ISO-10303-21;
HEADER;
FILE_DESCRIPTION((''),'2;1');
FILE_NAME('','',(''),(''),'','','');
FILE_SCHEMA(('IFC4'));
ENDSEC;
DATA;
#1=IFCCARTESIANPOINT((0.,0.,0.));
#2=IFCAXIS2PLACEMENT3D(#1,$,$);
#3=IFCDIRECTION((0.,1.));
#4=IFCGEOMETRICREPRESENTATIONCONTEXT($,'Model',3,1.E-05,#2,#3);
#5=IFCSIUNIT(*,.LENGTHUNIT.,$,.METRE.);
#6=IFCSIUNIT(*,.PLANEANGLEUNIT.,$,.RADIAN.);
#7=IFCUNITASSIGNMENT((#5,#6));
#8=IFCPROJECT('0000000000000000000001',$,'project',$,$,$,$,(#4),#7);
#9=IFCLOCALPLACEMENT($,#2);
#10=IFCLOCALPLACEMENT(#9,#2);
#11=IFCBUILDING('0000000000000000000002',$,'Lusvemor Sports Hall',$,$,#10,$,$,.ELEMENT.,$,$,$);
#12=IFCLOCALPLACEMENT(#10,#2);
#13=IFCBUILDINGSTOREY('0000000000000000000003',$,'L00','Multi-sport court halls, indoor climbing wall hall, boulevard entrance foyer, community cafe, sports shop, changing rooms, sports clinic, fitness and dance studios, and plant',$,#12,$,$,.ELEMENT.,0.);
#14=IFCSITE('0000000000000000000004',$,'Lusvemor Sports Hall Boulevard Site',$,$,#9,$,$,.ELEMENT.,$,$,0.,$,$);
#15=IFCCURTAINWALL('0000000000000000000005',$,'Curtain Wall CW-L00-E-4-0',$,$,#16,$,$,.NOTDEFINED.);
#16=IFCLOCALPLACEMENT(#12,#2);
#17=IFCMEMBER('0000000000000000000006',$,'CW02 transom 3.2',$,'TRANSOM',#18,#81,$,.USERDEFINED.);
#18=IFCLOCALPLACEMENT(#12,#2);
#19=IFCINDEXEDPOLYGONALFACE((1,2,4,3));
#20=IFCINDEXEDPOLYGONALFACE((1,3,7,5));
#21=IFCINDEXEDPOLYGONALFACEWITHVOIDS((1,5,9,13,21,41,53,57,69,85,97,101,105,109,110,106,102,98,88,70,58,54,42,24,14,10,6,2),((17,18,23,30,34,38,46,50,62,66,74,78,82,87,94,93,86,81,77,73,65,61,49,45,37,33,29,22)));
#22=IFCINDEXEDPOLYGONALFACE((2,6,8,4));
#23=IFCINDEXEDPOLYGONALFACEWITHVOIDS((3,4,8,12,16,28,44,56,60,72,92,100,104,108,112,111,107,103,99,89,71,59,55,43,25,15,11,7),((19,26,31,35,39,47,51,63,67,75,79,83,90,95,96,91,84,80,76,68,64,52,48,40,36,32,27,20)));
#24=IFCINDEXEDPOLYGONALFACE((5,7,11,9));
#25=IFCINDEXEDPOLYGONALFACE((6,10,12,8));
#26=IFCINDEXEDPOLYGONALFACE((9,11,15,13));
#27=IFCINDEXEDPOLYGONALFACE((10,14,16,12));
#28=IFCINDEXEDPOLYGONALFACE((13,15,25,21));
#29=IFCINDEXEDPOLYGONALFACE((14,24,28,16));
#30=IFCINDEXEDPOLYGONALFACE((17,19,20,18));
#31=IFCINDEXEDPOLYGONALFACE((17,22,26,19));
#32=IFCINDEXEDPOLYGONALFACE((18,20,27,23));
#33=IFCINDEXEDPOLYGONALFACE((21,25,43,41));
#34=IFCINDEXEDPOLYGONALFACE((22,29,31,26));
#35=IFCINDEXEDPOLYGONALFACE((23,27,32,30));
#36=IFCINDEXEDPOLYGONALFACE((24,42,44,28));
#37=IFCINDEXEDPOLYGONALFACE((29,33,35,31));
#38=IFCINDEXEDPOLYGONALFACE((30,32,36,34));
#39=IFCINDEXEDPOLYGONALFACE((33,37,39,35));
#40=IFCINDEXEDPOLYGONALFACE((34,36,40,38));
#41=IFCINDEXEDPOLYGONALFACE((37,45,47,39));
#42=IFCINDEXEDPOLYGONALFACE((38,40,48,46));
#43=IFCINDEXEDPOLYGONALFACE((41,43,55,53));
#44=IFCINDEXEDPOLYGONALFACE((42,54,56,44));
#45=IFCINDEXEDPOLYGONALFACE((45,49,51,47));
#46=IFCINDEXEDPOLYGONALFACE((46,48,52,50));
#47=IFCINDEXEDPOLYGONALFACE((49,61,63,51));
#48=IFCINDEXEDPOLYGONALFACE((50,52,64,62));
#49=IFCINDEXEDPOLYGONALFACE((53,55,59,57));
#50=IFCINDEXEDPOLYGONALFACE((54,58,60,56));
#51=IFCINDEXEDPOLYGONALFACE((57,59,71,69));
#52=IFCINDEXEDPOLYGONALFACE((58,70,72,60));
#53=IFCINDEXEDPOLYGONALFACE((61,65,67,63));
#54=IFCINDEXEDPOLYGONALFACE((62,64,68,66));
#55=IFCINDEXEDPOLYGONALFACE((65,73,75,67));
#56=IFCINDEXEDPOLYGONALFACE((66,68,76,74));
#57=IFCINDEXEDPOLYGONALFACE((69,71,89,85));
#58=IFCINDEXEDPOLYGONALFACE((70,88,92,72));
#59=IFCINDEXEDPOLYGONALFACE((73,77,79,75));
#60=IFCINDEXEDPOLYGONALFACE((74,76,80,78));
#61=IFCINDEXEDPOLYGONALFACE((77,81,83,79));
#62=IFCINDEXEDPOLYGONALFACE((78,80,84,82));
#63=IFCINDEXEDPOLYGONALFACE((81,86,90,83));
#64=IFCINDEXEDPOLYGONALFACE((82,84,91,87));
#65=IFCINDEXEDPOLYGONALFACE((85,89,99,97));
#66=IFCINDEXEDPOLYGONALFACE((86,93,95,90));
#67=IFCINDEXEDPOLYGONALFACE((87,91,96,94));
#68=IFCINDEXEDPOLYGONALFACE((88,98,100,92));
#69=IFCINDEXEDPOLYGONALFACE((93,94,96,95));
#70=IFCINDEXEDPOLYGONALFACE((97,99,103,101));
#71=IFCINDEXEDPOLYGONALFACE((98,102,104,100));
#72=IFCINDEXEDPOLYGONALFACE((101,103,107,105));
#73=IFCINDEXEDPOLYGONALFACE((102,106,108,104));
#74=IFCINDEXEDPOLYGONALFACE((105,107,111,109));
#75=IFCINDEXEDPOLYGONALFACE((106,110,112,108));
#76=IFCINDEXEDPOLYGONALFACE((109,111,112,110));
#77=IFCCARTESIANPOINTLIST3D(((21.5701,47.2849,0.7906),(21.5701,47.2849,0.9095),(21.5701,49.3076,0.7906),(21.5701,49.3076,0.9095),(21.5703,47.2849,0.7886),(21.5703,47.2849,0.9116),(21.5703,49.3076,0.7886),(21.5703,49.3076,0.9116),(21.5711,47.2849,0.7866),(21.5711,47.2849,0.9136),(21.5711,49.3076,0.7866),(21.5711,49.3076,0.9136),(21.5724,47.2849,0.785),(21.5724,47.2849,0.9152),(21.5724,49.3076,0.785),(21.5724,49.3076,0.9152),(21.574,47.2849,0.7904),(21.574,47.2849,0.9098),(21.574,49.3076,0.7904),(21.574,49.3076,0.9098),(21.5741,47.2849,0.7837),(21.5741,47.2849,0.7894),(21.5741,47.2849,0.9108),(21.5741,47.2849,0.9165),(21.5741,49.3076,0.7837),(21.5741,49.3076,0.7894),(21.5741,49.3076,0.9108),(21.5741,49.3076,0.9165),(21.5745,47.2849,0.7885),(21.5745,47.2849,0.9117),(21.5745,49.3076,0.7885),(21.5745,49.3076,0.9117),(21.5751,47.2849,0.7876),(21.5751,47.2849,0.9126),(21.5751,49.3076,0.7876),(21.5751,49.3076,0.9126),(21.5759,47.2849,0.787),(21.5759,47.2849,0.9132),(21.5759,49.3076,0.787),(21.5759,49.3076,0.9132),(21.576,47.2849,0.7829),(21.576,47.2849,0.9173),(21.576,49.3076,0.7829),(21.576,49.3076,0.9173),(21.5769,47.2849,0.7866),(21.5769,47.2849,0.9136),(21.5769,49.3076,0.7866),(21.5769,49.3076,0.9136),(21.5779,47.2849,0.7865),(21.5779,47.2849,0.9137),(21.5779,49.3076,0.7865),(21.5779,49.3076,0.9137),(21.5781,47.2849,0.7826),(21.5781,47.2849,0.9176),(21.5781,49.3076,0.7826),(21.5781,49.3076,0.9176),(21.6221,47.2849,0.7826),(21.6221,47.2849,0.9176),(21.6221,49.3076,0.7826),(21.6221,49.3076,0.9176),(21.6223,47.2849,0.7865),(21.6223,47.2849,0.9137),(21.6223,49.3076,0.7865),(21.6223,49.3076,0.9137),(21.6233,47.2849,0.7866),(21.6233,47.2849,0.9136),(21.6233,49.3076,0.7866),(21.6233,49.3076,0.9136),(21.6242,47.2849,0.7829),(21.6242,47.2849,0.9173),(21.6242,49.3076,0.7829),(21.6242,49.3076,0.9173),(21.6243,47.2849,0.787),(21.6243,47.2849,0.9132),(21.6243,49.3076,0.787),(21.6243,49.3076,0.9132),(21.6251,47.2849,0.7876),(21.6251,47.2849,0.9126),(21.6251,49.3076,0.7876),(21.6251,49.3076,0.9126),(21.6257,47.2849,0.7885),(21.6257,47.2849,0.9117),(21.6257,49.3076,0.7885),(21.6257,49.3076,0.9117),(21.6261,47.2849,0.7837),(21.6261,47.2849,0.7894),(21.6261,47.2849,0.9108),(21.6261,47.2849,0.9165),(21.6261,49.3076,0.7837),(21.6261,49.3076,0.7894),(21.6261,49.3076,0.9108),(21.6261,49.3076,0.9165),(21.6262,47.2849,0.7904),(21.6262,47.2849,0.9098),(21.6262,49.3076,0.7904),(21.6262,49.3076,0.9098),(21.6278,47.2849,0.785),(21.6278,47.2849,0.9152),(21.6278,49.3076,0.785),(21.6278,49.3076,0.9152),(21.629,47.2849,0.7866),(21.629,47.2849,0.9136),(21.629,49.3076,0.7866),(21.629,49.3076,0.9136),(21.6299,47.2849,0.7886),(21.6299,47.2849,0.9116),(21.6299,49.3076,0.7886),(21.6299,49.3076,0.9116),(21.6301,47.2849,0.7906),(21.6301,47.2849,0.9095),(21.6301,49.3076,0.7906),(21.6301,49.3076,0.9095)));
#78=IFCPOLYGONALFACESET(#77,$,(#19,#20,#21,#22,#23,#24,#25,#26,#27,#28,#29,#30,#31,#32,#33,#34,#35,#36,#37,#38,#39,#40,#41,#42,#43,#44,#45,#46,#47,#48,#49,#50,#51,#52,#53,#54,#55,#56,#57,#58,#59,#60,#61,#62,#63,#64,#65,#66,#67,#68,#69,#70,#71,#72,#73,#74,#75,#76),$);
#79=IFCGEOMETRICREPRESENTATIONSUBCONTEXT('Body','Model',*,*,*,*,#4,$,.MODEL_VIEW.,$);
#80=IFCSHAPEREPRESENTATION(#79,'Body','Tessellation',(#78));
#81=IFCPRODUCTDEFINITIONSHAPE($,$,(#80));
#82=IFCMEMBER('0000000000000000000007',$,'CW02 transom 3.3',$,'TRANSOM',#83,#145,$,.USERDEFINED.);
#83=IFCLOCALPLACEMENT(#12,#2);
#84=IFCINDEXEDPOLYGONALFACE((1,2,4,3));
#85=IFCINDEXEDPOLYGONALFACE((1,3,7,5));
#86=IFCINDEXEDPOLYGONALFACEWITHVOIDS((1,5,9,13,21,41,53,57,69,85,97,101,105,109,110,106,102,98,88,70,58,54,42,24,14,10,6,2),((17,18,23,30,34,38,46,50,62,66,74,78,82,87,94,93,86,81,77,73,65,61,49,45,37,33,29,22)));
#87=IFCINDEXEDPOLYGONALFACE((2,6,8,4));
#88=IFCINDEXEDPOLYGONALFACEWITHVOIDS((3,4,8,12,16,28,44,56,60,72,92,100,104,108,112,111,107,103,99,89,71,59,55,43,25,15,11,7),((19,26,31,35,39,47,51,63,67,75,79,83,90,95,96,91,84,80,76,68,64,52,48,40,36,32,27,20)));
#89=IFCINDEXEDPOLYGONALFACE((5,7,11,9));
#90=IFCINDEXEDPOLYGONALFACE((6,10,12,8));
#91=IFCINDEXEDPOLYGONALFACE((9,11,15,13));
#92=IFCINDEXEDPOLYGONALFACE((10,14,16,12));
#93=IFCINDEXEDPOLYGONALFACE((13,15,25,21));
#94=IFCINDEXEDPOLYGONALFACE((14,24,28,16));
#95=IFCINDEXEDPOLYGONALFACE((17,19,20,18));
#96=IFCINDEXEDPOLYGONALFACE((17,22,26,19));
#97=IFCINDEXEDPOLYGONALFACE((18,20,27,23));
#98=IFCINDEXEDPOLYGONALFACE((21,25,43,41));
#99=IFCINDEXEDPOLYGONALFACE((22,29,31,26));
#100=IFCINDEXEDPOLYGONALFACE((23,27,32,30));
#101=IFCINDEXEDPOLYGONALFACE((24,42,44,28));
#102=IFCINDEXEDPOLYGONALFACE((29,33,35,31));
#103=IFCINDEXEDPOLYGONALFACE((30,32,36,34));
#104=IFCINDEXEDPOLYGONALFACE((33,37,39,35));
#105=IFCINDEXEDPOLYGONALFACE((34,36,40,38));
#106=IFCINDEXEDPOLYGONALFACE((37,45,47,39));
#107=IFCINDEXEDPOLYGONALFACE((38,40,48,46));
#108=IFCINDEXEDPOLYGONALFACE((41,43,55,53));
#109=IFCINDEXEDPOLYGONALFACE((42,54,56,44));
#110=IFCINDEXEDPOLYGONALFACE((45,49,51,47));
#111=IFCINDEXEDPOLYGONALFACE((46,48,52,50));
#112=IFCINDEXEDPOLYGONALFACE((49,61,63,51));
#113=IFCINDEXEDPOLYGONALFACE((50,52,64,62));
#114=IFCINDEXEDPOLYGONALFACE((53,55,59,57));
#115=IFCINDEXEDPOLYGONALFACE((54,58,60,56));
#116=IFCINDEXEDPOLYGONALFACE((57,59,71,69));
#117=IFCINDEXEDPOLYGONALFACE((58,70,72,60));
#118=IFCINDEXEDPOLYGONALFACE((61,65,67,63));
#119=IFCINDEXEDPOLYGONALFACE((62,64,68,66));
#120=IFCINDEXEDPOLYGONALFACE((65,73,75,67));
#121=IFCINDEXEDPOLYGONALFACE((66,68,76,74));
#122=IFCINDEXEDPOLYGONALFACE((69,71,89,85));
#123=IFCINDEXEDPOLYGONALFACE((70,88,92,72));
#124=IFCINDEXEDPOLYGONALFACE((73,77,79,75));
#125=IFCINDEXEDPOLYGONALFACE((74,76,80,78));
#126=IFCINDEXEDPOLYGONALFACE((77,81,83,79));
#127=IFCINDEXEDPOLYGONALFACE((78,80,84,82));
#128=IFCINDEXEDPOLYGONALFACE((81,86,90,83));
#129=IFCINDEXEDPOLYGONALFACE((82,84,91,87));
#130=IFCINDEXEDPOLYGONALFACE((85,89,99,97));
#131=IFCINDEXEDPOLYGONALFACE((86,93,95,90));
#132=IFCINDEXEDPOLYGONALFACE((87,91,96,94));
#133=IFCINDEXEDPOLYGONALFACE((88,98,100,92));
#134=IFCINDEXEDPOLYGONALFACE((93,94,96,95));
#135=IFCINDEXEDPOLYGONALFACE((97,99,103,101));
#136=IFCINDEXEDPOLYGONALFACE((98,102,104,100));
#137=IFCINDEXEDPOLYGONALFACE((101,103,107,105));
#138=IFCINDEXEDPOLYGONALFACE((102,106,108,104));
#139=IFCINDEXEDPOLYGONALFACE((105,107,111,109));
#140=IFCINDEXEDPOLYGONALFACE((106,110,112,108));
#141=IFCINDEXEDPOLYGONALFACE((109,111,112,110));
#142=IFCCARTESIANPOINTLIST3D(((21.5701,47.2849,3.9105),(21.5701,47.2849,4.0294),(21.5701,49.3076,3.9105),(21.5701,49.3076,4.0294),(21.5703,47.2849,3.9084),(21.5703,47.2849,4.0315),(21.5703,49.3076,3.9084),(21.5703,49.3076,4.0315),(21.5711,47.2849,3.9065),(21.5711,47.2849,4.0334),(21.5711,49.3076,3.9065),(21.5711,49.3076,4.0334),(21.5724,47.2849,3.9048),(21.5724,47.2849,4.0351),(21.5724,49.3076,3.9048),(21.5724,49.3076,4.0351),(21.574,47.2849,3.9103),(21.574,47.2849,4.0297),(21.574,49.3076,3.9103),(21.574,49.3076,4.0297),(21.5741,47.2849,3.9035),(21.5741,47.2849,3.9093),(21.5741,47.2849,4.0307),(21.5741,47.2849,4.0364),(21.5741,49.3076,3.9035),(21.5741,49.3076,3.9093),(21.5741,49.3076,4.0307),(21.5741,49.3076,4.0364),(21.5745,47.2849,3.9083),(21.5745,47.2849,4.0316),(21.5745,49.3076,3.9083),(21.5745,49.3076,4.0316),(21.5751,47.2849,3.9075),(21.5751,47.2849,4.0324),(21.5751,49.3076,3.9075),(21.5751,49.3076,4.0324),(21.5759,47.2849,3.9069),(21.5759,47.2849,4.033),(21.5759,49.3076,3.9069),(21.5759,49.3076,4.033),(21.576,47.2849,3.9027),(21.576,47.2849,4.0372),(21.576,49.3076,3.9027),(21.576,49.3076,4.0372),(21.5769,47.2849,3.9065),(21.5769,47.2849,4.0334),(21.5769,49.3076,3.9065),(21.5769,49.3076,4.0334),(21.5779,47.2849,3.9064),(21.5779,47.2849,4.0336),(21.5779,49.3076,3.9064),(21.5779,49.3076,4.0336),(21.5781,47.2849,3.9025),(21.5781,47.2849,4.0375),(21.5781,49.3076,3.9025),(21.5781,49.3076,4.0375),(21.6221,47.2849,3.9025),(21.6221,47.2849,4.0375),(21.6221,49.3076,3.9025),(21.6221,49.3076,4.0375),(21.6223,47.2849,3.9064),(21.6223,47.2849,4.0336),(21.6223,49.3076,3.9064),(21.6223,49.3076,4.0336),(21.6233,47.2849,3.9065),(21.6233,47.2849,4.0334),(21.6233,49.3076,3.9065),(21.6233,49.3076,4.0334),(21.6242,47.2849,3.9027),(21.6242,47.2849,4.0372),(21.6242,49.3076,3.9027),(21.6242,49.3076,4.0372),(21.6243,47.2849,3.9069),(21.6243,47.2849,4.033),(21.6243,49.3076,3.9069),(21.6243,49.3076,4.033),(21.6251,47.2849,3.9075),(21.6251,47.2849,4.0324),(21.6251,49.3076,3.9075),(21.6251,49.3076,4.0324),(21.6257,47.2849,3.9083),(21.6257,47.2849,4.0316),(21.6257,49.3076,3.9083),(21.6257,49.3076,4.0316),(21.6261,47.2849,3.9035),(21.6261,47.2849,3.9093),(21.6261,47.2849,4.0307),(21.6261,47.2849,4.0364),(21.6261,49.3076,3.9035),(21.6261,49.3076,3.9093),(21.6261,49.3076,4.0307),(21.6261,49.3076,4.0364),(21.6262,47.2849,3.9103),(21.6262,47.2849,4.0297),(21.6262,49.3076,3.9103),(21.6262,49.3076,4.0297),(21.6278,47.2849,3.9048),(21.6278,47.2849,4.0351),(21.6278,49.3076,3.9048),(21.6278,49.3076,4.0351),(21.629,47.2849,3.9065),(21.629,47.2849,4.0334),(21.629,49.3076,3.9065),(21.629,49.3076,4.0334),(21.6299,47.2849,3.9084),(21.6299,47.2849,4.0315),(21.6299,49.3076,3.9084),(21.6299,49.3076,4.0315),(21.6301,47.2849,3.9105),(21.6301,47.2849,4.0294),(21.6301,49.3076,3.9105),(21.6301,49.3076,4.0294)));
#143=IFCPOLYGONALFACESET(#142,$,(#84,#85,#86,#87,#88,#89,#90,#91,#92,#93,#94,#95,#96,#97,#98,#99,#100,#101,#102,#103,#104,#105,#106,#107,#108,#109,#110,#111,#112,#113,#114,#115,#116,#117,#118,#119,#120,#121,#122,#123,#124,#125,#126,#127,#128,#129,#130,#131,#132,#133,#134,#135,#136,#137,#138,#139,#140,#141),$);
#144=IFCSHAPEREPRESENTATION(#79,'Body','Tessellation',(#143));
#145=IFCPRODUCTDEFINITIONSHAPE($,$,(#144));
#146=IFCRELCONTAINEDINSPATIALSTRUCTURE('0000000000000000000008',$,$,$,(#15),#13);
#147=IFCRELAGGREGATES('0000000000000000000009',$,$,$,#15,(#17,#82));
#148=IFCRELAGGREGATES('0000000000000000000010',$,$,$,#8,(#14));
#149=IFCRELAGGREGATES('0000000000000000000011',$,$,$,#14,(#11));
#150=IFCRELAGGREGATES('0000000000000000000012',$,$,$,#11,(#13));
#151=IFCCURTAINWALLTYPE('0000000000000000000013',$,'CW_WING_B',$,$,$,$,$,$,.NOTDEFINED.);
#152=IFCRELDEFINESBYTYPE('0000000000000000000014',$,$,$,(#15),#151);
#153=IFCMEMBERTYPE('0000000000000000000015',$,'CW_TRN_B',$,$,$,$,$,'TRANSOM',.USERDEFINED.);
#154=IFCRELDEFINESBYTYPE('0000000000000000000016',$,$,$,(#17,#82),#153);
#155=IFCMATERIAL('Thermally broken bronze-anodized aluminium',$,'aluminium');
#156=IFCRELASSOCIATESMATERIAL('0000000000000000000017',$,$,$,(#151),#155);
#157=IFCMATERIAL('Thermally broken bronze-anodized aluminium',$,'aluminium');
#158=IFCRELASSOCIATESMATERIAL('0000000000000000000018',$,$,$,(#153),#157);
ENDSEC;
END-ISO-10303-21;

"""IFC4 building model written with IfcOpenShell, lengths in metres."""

from ifc_helpers import new_model, si_unit, direction, frame, origin, origin_2d, place, context, subcontext, project, spatial, hollow_rectangle, extrude, material, material_profile, profile_set, type_object, element, aggregate, save


model = new_model("IFC4")

# Units and contexts
model_context = context("Model", 3, precision=1e-05, world=origin(), true_north=direction((0.0, 1.0)))
body_context = subcontext(model_context, "Body", "Model", "MODEL_VIEW")
ifc_project = project(units=[si_unit("LENGTHUNIT", "METRE"), si_unit("PLANEANGLEUNIT", "RADIAN")], contexts=[model_context])

# Site, building, storey
site_placement = place(None, origin())
site = spatial("IfcSite", under=ifc_project, at=site_placement, Name="Lusvemor Sports Hall Boulevard Site", CompositionType="ELEMENT", RefElevation=0.0)
building_placement = place(site_placement, origin())
building = spatial("IfcBuilding", under=site, at=building_placement, Name="Lusvemor Sports Hall", CompositionType="ELEMENT")
storey_placement = place(building_placement, origin())
storey = spatial("IfcBuildingStorey", under=building, at=storey_placement, Name="L00", Description="Multi-sport court halls, indoor climbing wall hall, boulevard entrance foyer, community cafe, sports shop, changing rooms, sports clinic, fitness and dance studios, and plant", CompositionType="ELEMENT", Elevation=0.0)

# Curtain wall, members
ifc_material_1 = material(Name="Thermally broken bronze-anodized aluminium", Category="aluminium")
curtain_wall_type = type_object("IfcCurtainWallType", Name="CW_WING_B", PredefinedType="NOTDEFINED", material=ifc_material_1)
curtain_wall_placement = place(storey_placement, origin())
curtain_wall = element("IfcCurtainWall", 1, at=curtain_wall_placement, inside=storey, type_object=curtain_wall_type, Name="Curtain Wall CW-L00-E-4-0", PredefinedType="NOTDEFINED")
ifc_material_2 = material(Name="Thermally broken bronze-anodized aluminium", Category="aluminium")
ifc_material_profile_1 = material_profile(ifc_material_2, hollow_rectangle(XDim=0.0601, YDim=0.135, WallThickness=0.0039, InnerFilletRadius=0.0039, OuterFilletRadius=0.0081, at=origin_2d()), Name="CWTRN135x60x4")
ifc_profile_set_1 = profile_set([ifc_material_profile_1], Name="Thermally broken bronze-anodized aluminium")
member_type_1 = type_object("IfcMemberType", Name="CW_TRN_B", ElementType="TRANSOM", PredefinedType="USERDEFINED", material=ifc_profile_set_1)
member_1_placement = place(storey_placement, frame((21.6001, 49.3076, 0.8501), z_axis=(0.0, -1.0, 0.0), x_axis=(1.0, 0.0, 0.0)))
member_1 = element("IfcMember", 2, at=member_1_placement, type_object=member_type_1, Name="CW02 transom 3.2", ObjectType="TRANSOM", PredefinedType="USERDEFINED", context=body_context, shape_type="SweptSolid", body=[
    extrude(hollow_rectangle(XDim=0.0601, YDim=0.135, WallThickness=0.0039, InnerFilletRadius=0.0039, OuterFilletRadius=0.0081, at=origin_2d()), origin(), (0.0, 0.0, 1.0), 2.0227),
])
member_2_placement = place(storey_placement, frame((21.6001, 49.3076, 3.97), z_axis=(0.0, -1.0, 0.0), x_axis=(1.0, 0.0, 0.0)))
member_2 = element("IfcMember", 3, at=member_2_placement, type_object=member_type_1, Name="CW02 transom 3.3", ObjectType="TRANSOM", PredefinedType="USERDEFINED", context=body_context, shape_type="SweptSolid", body=[
    extrude(hollow_rectangle(XDim=0.0601, YDim=0.135, WallThickness=0.0039, InnerFilletRadius=0.0039, OuterFilletRadius=0.0081, at=origin_2d()), origin(), (0.0, 0.0, 1.0), 2.0227),
])
aggregate(curtain_wall, [member_1, member_2])

save(model, "model.ifc")
